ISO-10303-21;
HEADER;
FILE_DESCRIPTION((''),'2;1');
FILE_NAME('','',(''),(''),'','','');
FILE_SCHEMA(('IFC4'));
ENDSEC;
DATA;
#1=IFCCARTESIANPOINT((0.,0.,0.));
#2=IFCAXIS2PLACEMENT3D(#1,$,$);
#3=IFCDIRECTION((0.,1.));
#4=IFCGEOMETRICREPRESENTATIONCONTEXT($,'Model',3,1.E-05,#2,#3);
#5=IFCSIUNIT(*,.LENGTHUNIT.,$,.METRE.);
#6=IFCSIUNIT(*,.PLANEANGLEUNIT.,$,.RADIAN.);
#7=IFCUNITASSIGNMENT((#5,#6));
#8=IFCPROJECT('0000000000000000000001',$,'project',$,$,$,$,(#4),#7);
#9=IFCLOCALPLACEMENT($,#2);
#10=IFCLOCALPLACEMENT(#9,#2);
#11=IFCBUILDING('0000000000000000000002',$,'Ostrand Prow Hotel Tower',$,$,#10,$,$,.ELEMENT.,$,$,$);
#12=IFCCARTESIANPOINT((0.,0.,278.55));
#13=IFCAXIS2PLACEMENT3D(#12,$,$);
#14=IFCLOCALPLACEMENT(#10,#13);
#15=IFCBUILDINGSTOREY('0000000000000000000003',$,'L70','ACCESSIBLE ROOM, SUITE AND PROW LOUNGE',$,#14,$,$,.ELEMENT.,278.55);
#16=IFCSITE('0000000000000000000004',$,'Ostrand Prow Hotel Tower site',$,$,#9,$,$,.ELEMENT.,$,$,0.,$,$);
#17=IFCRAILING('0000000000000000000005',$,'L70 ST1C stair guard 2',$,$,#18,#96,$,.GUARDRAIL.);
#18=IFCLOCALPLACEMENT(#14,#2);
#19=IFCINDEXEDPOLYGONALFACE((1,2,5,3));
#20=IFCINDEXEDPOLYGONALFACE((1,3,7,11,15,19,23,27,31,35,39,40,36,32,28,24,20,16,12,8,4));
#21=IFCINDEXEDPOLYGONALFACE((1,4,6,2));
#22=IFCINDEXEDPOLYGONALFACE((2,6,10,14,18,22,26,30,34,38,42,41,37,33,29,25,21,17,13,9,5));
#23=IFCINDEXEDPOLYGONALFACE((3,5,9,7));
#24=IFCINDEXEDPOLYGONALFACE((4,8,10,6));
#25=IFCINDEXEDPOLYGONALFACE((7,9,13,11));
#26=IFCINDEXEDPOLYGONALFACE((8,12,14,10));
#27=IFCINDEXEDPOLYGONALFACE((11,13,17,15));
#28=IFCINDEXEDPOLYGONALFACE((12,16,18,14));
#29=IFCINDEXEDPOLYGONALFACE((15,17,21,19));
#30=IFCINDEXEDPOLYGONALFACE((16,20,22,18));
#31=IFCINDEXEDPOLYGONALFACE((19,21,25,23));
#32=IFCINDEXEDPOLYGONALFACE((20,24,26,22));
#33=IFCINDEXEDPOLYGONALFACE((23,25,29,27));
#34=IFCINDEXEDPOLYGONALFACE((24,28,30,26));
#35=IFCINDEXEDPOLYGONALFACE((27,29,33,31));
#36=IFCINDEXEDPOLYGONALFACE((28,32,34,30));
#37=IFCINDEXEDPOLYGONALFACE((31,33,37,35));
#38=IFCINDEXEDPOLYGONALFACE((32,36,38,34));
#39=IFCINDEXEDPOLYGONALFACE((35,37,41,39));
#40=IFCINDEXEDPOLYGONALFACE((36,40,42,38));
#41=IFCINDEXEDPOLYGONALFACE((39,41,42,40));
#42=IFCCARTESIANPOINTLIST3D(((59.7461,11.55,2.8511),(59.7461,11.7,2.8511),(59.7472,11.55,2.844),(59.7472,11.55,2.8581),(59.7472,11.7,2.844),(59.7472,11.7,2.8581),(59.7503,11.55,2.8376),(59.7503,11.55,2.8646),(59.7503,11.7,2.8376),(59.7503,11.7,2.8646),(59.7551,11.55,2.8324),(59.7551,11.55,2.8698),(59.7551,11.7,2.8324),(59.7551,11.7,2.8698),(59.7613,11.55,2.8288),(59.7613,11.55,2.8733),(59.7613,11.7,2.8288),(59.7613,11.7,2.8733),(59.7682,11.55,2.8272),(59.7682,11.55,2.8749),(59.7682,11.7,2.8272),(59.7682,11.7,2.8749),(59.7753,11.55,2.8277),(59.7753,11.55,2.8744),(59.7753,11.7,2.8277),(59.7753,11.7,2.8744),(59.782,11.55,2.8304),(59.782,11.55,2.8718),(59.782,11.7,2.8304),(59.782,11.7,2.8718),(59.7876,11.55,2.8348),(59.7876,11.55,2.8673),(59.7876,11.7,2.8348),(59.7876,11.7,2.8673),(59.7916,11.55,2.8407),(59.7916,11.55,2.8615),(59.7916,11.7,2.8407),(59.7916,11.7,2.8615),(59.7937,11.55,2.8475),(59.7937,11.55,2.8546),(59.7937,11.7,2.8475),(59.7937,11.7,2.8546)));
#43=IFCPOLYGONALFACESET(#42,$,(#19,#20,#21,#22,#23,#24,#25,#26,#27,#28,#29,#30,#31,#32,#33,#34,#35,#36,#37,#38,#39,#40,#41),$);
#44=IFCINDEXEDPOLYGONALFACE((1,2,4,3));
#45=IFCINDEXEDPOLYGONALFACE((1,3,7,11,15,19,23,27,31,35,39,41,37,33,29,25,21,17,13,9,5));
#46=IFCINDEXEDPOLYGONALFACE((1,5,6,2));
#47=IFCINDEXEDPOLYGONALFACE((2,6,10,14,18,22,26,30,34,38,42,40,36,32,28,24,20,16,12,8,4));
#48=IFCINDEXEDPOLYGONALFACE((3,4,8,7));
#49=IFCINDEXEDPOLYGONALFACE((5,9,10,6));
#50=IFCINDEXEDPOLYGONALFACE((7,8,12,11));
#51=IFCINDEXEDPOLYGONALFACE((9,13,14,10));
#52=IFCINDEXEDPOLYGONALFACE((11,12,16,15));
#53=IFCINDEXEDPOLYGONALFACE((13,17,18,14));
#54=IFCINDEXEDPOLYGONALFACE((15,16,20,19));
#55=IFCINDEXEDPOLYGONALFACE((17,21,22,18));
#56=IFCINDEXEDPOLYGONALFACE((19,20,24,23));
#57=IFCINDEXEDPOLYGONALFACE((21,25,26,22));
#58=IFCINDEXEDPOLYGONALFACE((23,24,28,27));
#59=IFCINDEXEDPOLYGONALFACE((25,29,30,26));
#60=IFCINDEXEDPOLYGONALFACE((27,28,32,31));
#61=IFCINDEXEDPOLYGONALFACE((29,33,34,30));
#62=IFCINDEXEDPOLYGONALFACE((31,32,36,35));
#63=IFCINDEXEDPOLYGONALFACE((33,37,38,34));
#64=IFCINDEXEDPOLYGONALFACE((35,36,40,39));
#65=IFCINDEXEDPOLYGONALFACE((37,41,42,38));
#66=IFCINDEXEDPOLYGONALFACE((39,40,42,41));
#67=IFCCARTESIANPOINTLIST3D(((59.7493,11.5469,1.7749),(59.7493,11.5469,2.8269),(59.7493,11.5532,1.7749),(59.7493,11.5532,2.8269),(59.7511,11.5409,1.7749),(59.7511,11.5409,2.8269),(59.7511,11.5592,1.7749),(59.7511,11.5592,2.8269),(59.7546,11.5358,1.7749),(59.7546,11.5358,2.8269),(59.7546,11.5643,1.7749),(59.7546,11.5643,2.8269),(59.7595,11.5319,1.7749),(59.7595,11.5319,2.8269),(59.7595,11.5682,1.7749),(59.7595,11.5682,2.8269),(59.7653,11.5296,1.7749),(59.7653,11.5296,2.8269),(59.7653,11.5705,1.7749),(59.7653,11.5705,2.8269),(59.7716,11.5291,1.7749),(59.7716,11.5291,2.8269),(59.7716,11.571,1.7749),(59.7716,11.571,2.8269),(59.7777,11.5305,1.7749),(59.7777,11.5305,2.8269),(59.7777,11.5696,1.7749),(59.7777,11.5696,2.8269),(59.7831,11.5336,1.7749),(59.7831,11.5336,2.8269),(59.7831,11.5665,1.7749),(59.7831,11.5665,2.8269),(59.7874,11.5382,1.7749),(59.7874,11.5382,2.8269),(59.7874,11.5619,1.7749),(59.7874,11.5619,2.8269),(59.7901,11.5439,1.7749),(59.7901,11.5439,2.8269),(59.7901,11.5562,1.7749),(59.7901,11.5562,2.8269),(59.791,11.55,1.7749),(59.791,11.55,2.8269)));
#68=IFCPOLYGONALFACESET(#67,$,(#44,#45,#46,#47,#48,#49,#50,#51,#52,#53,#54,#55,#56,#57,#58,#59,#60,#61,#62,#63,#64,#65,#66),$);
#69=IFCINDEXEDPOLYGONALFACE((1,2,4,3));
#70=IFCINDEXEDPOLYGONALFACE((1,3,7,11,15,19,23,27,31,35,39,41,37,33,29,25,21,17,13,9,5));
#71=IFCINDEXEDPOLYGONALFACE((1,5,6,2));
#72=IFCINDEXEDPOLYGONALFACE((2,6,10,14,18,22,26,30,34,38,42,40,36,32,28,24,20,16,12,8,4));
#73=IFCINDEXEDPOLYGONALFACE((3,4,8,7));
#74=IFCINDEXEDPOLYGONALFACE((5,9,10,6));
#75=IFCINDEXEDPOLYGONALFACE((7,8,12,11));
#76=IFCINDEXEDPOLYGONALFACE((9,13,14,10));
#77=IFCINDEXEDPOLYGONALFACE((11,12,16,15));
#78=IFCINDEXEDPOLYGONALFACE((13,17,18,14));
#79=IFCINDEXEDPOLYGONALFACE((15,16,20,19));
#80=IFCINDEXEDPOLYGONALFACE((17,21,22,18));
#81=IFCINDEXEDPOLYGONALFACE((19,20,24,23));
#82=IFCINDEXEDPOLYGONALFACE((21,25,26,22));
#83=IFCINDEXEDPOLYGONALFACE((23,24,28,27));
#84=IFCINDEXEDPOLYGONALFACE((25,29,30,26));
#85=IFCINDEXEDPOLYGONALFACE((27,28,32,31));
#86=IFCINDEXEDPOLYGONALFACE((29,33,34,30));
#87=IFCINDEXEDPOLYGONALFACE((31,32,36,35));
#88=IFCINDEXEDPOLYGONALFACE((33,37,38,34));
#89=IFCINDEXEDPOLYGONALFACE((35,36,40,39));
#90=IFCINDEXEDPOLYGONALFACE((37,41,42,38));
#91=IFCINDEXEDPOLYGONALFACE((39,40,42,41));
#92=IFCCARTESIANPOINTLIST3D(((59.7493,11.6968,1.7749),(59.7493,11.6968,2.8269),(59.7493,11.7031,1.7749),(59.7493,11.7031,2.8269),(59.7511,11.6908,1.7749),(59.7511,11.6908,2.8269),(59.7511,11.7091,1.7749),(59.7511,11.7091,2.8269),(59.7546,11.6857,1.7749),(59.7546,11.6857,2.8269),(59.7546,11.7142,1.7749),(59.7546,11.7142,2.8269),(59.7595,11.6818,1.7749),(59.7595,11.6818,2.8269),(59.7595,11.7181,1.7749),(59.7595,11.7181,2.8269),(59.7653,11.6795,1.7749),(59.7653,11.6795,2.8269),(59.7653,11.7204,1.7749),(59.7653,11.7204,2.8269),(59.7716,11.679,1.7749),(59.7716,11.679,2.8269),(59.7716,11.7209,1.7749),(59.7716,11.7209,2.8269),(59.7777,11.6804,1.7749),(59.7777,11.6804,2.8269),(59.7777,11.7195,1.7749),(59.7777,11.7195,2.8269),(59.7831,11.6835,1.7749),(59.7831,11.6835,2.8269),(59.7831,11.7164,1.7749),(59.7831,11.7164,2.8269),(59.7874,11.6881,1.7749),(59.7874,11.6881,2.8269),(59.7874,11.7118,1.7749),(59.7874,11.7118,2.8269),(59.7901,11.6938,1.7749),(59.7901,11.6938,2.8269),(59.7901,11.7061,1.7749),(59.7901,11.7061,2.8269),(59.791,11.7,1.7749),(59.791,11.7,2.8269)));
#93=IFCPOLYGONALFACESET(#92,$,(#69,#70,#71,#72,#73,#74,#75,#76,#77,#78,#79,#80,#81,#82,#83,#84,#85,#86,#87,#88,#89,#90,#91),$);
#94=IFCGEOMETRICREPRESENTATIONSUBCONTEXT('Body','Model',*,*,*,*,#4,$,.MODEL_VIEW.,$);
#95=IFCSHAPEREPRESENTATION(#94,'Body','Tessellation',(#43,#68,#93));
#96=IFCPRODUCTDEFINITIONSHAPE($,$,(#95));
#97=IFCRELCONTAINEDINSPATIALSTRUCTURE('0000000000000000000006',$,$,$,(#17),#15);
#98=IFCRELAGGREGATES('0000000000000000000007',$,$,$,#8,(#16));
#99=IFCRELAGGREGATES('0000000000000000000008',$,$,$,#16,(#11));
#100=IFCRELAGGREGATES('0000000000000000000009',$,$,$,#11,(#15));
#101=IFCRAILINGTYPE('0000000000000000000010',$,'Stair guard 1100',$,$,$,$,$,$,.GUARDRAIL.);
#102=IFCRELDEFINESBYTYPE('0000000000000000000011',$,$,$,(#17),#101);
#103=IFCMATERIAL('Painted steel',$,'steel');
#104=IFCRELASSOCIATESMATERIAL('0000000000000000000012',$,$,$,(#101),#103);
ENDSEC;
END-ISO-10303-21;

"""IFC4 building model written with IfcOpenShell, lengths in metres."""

from ifc_helpers import new_model, si_unit, direction, frame, origin, origin_2d, place, context, subcontext, project, spatial, circle, extrude, material, type_object, element, save


model = new_model("IFC4")

# Units and contexts
model_context = context("Model", 3, precision=1e-05, world=origin(), true_north=direction((0.0, 1.0)))
body_context = subcontext(model_context, "Body", "Model", "MODEL_VIEW")
ifc_project = project(units=[si_unit("LENGTHUNIT", "METRE"), si_unit("PLANEANGLEUNIT", "RADIAN")], contexts=[model_context])

# Site, building, storey
site_placement = place(None, origin())
site = spatial("IfcSite", under=ifc_project, at=site_placement, Name="Ostrand Prow Hotel Tower site", CompositionType="ELEMENT", RefElevation=0.0)
building_placement = place(site_placement, origin())
building = spatial("IfcBuilding", under=site, at=building_placement, Name="Ostrand Prow Hotel Tower", CompositionType="ELEMENT")
storey_placement = place(building_placement, frame((0.0, 0.0, 278.55)))
storey = spatial("IfcBuildingStorey", under=building, at=storey_placement, Name="L70", Description="ACCESSIBLE ROOM, SUITE AND PROW LOUNGE", CompositionType="ELEMENT", Elevation=278.55)

# Railing
ifc_material_1 = material(Name="Painted steel", Category="steel")
railing_type_1 = type_object("IfcRailingType", Name="Stair guard 1100", PredefinedType="GUARDRAIL", material=ifc_material_1)
railing_1_placement = place(storey_placement, frame((59.77, 11.55, 1.7749)))
element("IfcRailing", 1, at=railing_1_placement, inside=storey, type_object=railing_type_1, Name="L70 ST1C stair guard 2", PredefinedType="GUARDRAIL", context=body_context, shape_type="SweptSolid", body=[
    extrude(circle(Radius=0.0239, at=origin_2d()), frame((0.0, 0.0, 1.0762), z_axis=(0.0, 1.0, 0.0), x_axis=(-1.0, 0.0, 0.0)), (0.0, 0.0, 1.0), 0.1499),
    extrude(circle(Radius=0.021, at=origin_2d()), origin(), (0.0, 0.0, 1.0), 1.052),
    extrude(circle(Radius=0.021, at=origin_2d()), frame((0.0, 0.1499, 0.0)), (0.0, 0.0, 1.0), 1.052),
])

save(model, "model.ifc")
